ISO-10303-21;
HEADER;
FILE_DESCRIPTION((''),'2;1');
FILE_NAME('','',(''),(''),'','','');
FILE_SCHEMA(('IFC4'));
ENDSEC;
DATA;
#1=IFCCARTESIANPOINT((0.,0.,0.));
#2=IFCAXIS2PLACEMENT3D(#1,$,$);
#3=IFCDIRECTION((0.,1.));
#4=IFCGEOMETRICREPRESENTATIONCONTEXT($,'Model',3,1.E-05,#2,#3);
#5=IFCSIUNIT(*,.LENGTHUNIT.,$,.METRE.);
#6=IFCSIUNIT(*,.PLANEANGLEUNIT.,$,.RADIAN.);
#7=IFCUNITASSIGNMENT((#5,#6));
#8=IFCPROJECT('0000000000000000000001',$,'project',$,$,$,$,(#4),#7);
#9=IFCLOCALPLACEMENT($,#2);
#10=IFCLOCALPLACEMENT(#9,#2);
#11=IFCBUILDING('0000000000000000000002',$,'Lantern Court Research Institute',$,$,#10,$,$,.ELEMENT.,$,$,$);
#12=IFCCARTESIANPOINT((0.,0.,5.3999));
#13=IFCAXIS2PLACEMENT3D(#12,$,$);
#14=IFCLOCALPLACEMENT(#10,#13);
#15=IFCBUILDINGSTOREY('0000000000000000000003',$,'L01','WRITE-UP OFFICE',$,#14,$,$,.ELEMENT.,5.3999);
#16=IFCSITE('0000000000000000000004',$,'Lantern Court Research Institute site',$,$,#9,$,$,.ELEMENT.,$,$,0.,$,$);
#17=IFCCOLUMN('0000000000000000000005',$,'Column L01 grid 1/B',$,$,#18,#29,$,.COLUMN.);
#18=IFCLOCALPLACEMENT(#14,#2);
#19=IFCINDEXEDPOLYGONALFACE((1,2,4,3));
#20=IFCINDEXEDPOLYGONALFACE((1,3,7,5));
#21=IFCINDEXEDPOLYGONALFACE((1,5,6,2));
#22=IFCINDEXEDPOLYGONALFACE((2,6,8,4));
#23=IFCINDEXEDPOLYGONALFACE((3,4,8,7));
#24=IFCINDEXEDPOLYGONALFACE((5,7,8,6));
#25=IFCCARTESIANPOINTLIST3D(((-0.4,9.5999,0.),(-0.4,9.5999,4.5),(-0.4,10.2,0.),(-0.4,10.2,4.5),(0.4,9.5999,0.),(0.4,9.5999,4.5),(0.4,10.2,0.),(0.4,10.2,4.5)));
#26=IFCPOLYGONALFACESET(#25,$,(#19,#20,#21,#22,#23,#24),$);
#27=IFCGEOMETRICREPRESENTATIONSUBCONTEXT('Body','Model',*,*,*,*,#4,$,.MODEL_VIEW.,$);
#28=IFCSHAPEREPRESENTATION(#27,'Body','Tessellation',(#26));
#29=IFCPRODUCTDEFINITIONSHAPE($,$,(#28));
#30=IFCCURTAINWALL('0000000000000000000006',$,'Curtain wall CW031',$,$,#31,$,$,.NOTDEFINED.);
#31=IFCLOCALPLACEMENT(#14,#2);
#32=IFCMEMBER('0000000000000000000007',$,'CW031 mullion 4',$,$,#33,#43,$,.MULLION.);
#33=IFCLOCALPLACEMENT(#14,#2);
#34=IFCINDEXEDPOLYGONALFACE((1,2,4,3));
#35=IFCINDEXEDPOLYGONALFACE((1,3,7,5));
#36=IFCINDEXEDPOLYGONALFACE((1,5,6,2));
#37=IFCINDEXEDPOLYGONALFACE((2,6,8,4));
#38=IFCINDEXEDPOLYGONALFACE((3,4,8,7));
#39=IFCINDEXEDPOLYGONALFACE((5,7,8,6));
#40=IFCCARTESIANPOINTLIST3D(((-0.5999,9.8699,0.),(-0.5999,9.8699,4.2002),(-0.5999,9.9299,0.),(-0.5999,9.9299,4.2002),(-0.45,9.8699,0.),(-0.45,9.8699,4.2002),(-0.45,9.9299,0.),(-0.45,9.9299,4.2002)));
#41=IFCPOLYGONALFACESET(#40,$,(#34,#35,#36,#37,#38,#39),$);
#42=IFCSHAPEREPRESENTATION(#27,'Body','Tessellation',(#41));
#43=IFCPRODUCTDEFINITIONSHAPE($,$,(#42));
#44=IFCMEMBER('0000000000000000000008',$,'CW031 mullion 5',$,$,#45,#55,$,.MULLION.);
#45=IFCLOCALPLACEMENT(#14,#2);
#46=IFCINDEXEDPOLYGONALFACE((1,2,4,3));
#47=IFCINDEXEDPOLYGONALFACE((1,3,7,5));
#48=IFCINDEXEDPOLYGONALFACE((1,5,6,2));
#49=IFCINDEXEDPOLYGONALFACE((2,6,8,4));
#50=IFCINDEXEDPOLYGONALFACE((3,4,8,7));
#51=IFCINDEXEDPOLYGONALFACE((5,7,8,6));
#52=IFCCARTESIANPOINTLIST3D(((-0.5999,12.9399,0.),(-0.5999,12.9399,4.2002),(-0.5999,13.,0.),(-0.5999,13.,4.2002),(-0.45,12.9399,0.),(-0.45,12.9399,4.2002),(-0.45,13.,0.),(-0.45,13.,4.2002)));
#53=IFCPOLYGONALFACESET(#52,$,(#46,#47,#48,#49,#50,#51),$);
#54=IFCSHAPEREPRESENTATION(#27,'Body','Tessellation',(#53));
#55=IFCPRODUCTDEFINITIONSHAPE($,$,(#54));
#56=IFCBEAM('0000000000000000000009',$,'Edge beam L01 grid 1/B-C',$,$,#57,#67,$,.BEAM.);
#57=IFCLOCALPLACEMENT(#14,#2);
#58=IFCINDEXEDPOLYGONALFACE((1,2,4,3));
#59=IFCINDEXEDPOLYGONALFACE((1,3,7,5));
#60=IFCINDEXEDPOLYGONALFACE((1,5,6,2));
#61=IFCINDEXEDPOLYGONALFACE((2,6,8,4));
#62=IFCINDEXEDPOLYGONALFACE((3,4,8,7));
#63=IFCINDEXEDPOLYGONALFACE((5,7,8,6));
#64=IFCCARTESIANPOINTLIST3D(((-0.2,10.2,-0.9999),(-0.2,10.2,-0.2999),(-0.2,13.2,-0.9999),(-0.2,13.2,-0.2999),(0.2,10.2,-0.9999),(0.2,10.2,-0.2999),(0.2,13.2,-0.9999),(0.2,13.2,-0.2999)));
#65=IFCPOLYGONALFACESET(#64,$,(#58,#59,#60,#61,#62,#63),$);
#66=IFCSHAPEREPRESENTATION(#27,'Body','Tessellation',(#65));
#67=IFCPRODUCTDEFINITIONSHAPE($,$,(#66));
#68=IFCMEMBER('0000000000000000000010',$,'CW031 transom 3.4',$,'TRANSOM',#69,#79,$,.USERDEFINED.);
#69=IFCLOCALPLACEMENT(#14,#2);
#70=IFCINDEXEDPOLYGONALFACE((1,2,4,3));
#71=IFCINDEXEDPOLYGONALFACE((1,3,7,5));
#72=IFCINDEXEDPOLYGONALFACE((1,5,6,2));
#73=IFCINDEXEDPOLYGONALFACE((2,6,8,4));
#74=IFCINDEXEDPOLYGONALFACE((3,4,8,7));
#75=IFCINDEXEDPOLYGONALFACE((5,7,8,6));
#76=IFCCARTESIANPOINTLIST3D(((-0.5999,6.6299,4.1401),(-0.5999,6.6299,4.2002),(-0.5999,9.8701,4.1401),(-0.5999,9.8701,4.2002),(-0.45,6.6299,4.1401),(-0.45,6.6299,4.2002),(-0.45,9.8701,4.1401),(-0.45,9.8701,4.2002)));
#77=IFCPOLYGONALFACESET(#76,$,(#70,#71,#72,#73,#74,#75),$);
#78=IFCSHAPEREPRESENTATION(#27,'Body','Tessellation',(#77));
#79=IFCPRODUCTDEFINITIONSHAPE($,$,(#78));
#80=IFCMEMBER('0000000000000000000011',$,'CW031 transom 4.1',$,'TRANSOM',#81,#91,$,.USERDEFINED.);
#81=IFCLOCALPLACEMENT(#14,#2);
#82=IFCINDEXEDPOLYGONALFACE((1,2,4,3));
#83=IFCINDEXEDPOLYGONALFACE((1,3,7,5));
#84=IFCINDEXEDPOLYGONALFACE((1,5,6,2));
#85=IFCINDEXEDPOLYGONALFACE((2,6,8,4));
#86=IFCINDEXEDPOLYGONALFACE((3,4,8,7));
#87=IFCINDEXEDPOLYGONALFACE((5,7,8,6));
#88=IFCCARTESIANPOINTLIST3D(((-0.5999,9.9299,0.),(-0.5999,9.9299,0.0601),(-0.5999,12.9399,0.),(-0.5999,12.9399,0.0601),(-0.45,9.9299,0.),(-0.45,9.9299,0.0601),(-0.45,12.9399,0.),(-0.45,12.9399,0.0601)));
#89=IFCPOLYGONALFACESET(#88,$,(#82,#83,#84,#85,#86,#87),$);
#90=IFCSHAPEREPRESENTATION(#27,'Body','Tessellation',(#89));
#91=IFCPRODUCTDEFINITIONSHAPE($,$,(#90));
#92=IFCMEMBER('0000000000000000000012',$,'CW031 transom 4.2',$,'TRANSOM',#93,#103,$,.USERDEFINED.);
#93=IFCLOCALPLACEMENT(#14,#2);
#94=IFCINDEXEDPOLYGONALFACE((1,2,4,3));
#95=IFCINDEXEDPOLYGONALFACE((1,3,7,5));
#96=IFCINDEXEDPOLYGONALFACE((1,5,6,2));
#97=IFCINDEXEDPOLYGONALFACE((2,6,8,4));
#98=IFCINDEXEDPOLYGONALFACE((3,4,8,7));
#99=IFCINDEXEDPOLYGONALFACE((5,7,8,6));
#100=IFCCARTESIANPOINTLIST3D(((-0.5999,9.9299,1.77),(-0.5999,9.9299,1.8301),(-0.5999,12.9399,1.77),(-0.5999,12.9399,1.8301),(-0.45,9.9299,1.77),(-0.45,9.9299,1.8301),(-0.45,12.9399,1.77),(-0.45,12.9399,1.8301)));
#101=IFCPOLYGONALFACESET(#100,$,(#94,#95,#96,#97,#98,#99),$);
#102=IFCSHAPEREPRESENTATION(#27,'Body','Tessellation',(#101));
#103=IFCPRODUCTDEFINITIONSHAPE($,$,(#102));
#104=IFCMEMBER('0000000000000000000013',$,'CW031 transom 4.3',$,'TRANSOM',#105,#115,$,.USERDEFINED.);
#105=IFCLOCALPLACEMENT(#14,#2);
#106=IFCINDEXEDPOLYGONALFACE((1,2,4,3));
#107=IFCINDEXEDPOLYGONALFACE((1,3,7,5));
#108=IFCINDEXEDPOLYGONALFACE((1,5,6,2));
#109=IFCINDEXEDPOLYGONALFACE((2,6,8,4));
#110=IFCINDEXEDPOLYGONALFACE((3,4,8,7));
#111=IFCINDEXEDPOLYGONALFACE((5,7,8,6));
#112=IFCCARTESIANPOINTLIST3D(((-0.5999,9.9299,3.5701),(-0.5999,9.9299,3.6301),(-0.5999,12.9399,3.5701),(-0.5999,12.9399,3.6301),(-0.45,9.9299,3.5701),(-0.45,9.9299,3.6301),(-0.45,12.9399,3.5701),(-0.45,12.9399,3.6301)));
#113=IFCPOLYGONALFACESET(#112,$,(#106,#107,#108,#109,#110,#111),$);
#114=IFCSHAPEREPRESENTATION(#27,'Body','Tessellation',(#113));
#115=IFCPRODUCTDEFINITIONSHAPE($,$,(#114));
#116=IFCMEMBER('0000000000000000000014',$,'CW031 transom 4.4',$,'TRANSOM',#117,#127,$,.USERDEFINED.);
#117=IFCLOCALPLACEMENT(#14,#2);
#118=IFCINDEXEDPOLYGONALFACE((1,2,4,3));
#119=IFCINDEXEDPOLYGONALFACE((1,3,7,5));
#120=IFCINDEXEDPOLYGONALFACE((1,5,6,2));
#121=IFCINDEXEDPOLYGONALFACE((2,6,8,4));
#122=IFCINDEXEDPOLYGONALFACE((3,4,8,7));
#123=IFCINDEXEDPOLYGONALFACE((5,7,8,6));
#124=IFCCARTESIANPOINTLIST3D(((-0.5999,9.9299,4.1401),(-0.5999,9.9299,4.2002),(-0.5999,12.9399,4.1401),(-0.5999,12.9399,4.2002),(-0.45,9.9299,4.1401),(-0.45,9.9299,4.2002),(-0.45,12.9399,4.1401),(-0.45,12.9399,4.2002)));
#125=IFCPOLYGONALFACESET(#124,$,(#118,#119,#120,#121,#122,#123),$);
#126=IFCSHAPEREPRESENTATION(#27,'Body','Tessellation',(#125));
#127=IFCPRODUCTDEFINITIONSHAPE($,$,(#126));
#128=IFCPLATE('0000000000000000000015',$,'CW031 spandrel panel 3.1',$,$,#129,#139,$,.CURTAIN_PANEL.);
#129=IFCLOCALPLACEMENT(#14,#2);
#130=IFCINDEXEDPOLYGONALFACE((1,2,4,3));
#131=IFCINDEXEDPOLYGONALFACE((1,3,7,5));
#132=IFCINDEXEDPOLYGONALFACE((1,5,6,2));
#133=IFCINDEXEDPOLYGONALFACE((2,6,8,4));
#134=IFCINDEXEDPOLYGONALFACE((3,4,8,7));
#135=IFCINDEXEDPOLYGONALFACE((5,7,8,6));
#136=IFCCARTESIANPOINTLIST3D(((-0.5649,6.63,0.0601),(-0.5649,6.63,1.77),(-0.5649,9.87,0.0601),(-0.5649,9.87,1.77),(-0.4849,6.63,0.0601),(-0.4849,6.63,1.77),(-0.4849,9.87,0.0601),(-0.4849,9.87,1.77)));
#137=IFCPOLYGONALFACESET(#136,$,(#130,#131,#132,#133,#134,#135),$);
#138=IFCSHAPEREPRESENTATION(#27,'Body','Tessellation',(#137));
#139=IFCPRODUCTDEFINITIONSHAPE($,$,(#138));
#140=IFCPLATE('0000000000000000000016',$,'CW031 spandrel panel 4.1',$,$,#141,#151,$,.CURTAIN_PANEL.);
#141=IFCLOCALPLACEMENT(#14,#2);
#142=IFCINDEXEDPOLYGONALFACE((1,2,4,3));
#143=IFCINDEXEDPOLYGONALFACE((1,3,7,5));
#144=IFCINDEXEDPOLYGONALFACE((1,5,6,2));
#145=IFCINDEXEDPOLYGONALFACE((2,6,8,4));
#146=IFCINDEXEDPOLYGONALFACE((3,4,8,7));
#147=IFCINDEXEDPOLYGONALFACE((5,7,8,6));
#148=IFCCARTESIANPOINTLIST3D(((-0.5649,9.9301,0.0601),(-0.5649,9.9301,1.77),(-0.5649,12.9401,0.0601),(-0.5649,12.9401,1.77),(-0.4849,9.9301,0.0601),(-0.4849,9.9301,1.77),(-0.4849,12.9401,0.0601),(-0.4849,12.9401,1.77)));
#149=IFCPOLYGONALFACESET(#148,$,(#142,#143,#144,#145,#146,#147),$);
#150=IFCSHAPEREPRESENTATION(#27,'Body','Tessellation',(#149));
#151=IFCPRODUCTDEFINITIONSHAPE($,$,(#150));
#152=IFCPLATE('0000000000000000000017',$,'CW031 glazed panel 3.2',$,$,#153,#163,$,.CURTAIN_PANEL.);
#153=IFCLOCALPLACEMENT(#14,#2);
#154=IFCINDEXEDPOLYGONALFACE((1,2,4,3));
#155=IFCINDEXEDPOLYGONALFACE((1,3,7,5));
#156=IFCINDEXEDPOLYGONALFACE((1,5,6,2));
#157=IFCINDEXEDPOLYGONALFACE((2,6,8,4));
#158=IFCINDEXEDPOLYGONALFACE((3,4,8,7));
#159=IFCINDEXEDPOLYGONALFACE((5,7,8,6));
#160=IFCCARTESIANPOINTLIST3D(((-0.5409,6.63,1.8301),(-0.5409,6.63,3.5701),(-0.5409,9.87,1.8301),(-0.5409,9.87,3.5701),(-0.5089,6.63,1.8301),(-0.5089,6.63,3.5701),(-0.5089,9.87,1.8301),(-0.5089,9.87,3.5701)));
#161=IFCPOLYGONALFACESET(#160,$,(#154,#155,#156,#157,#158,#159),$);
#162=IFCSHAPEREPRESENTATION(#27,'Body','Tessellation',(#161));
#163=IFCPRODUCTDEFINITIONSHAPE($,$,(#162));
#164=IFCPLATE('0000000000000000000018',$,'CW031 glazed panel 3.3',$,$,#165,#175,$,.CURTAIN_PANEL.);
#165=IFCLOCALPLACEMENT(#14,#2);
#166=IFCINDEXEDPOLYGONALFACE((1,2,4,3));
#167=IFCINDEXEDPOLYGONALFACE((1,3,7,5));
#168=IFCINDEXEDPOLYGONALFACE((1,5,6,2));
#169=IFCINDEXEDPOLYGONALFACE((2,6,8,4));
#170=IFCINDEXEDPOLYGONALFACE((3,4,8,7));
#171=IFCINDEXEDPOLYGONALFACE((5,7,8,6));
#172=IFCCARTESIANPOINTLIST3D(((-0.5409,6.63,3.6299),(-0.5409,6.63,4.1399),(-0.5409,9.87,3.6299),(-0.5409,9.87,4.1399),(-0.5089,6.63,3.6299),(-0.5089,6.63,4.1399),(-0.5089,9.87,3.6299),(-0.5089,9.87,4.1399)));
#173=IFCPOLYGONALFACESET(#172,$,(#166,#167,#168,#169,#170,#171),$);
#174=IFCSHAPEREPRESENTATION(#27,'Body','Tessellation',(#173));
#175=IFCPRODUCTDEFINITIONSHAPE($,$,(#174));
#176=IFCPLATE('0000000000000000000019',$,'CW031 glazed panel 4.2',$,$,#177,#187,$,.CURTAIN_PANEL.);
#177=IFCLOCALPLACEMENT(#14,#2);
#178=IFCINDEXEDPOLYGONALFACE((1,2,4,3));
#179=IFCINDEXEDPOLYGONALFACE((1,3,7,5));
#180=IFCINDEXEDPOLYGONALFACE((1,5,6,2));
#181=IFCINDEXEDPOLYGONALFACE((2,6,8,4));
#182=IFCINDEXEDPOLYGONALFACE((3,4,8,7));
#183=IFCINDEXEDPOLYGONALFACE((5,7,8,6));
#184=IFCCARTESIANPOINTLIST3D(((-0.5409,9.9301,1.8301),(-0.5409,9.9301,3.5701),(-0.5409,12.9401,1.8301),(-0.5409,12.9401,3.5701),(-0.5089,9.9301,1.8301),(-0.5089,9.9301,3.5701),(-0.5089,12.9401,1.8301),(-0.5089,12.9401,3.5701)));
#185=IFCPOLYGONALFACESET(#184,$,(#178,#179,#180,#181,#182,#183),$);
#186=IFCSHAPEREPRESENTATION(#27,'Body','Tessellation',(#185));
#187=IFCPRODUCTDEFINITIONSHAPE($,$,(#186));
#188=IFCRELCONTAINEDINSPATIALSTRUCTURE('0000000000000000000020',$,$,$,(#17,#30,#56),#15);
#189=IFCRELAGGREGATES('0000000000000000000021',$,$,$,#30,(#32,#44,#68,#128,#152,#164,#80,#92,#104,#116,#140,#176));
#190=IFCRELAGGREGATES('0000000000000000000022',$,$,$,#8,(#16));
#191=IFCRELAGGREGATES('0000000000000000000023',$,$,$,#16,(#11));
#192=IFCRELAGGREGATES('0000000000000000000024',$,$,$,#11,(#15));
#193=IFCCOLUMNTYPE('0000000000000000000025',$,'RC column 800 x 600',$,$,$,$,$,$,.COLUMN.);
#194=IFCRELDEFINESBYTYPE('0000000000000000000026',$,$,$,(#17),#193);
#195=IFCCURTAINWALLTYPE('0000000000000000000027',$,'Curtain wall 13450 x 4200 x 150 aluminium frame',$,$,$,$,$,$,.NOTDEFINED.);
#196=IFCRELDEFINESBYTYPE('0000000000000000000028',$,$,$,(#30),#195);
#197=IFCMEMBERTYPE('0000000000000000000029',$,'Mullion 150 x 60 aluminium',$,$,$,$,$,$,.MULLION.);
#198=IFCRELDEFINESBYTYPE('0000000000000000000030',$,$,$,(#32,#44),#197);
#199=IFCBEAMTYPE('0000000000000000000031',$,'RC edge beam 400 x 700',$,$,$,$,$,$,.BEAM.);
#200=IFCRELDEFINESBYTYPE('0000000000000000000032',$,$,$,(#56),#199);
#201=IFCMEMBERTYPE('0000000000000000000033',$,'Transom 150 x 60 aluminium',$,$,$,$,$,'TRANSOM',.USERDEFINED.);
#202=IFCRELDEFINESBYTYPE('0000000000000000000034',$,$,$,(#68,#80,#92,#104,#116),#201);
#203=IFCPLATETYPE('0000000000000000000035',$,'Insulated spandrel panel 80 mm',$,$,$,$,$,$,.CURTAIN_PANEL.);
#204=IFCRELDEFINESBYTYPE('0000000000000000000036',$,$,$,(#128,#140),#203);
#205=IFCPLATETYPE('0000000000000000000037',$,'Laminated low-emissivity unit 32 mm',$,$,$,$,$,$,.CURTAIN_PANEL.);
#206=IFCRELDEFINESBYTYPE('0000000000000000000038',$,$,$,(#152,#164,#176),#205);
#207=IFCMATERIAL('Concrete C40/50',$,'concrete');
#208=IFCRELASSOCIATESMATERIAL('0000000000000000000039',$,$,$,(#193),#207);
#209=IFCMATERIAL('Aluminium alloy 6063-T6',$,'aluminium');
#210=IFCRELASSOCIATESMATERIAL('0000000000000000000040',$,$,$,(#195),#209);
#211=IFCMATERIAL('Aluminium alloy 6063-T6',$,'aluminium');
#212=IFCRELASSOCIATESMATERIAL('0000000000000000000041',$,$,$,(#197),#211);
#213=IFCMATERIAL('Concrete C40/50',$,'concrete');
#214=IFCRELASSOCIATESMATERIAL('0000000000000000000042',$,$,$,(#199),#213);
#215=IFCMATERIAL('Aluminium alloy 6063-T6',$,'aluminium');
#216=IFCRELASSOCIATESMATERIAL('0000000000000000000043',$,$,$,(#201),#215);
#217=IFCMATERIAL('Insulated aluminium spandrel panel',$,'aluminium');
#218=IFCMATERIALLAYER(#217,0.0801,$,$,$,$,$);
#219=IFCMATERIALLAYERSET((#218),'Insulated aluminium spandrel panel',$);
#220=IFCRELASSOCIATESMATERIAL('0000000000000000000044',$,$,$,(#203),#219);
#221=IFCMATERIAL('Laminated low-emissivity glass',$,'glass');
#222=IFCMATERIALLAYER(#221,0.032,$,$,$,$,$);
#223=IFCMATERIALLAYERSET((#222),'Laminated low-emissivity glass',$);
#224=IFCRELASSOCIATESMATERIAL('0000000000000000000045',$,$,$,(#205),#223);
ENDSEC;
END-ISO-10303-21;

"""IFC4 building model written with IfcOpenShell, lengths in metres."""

from ifc_helpers import new_model, si_unit, direction, frame, origin, origin_2d, place, context, subcontext, project, spatial, rectangle, extrude, material, layer, layer_set, material_profile, profile_set, type_object, element, aggregate, save


model = new_model("IFC4")

# Units and contexts
model_context = context("Model", 3, precision=1e-05, world=origin(), true_north=direction((0.0, 1.0)))
body_context = subcontext(model_context, "Body", "Model", "MODEL_VIEW")
ifc_project = project(units=[si_unit("LENGTHUNIT", "METRE"), si_unit("PLANEANGLEUNIT", "RADIAN")], contexts=[model_context])

# Site, building, storey
site_placement = place(None, origin())
site = spatial("IfcSite", under=ifc_project, at=site_placement, Name="Lantern Court Research Institute site", CompositionType="ELEMENT", RefElevation=0.0)
building_placement = place(site_placement, origin())
building = spatial("IfcBuilding", under=site, at=building_placement, Name="Lantern Court Research Institute", CompositionType="ELEMENT")
storey_placement = place(building_placement, frame((0.0, 0.0, 5.3999)))
storey = spatial("IfcBuildingStorey", under=building, at=storey_placement, Name="L01", Description="WRITE-UP OFFICE", CompositionType="ELEMENT", Elevation=5.3999)

# Column
ifc_material_1 = material(Name="Concrete C40/50", Category="concrete")
ifc_material_profile_1 = material_profile(ifc_material_1, rectangle(XDim=0.8, YDim=0.6001, at=origin_2d()), Name="RC column 800 x 600")
ifc_profile_set_1 = profile_set([ifc_material_profile_1], Name="Concrete C40/50")
column_type = type_object("IfcColumnType", Name="RC column 800 x 600", PredefinedType="COLUMN", material=ifc_profile_set_1)
column_placement = place(storey_placement, frame((0.0, 9.8999, 0.0), z_axis=(0.0, 0.0, 1.0), x_axis=(1.0, 0.0, 0.0)))
element("IfcColumn", 1, at=column_placement, inside=storey, type_object=column_type, Name="Column L01 grid 1/B", PredefinedType="COLUMN", context=body_context, shape_type="SweptSolid", body=[
    extrude(rectangle(XDim=0.8, YDim=0.6001, at=origin_2d()), origin(), (0.0, 0.0, 1.0), 4.5),
])

# Curtain wall, members
ifc_material_2 = material(Name="Aluminium alloy 6063-T6", Category="aluminium")
curtain_wall_type = type_object("IfcCurtainWallType", Name="Curtain wall 13450 x 4200 x 150 aluminium frame", PredefinedType="NOTDEFINED", material=ifc_material_2)
curtain_wall_placement = place(storey_placement, origin())
curtain_wall = element("IfcCurtainWall", 2, at=curtain_wall_placement, inside=storey, type_object=curtain_wall_type, Name="Curtain wall CW031", PredefinedType="NOTDEFINED")
ifc_material_3 = material(Name="Aluminium alloy 6063-T6", Category="aluminium")
ifc_material_profile_2 = material_profile(ifc_material_3, rectangle(XDim=0.1499, YDim=0.0601, at=origin_2d()), Name="Mullion 150 x 60")
ifc_profile_set_2 = profile_set([ifc_material_profile_2], Name="Aluminium alloy 6063-T6")
member_type_1 = type_object("IfcMemberType", Name="Mullion 150 x 60 aluminium", PredefinedType="MULLION", material=ifc_profile_set_2)
member_1_placement = place(storey_placement, frame((-0.5249, 9.8999, 0.0), z_axis=(0.0, 0.0, 1.0), x_axis=(-1.0, 0.0, 0.0)))
member_1 = element("IfcMember", 3, at=member_1_placement, type_object=member_type_1, Name="CW031 mullion 4", PredefinedType="MULLION", context=body_context, shape_type="SweptSolid", body=[
    extrude(rectangle(XDim=0.1499, YDim=0.0601, at=origin_2d()), origin(), (0.0, 0.0, 1.0), 4.2002),
])
member_2_placement = place(storey_placement, frame((-0.5249, 12.97, 0.0), z_axis=(0.0, 0.0, 1.0), x_axis=(-1.0, 0.0, 0.0)))
member_2 = element("IfcMember", 4, at=member_2_placement, type_object=member_type_1, Name="CW031 mullion 5", PredefinedType="MULLION", context=body_context, shape_type="SweptSolid", body=[
    extrude(rectangle(XDim=0.1499, YDim=0.0601, at=origin_2d()), origin(), (0.0, 0.0, 1.0), 4.2002),
])

# Beam
ifc_material_4 = material(Name="Concrete C40/50", Category="concrete")
ifc_material_profile_3 = material_profile(ifc_material_4, rectangle(XDim=0.3999, YDim=0.7, at=origin_2d()), Name="RC beam 400 x 700")
ifc_profile_set_3 = profile_set([ifc_material_profile_3], Name="Concrete C40/50")
beam_type = type_object("IfcBeamType", Name="RC edge beam 400 x 700", PredefinedType="BEAM", material=ifc_profile_set_3)
beam_placement = place(storey_placement, frame((0.0, 10.2, -0.6499), z_axis=(0.0, 1.0, 0.0), x_axis=(-1.0, 0.0, 0.0)))
element("IfcBeam", 5, at=beam_placement, inside=storey, type_object=beam_type, Name="Edge beam L01 grid 1/B-C", PredefinedType="BEAM", context=body_context, shape_type="SweptSolid", body=[
    extrude(rectangle(XDim=0.3999, YDim=0.7, at=origin_2d()), origin(), (0.0, 0.0, 1.0), 3.0),
])

# Members
ifc_material_5 = material(Name="Aluminium alloy 6063-T6", Category="aluminium")
ifc_material_profile_4 = material_profile(ifc_material_5, rectangle(XDim=0.1499, YDim=0.0601, at=origin_2d()), Name="Transom 150 x 60")
ifc_profile_set_4 = profile_set([ifc_material_profile_4], Name="Aluminium alloy 6063-T6")
member_type_2 = type_object("IfcMemberType", Name="Transom 150 x 60 aluminium", ElementType="TRANSOM", PredefinedType="USERDEFINED", material=ifc_profile_set_4)
member_3_placement = place(storey_placement, frame((-0.5249, 6.6299, 4.1702), z_axis=(0.0, 1.0, 0.0), x_axis=(-1.0, 0.0, 0.0)))
member_3 = element("IfcMember", 6, at=member_3_placement, type_object=member_type_2, Name="CW031 transom 3.4", ObjectType="TRANSOM", PredefinedType="USERDEFINED", context=body_context, shape_type="SweptSolid", body=[
    extrude(rectangle(XDim=0.1499, YDim=0.0601, at=origin_2d()), origin(), (0.0, 0.0, 1.0), 3.2402),
])
member_4_placement = place(storey_placement, frame((-0.5249, 9.9299, 0.03), z_axis=(0.0, 1.0, 0.0), x_axis=(-1.0, 0.0, 0.0)))
member_4 = element("IfcMember", 7, at=member_4_placement, type_object=member_type_2, Name="CW031 transom 4.1", ObjectType="TRANSOM", PredefinedType="USERDEFINED", context=body_context, shape_type="SweptSolid", body=[
    extrude(rectangle(XDim=0.1499, YDim=0.0601, at=origin_2d()), origin(), (0.0, 0.0, 1.0), 3.01),
])
member_5_placement = place(storey_placement, frame((-0.5249, 9.9299, 1.8), z_axis=(0.0, 1.0, 0.0), x_axis=(-1.0, 0.0, 0.0)))
member_5 = element("IfcMember", 8, at=member_5_placement, type_object=member_type_2, Name="CW031 transom 4.2", ObjectType="TRANSOM", PredefinedType="USERDEFINED", context=body_context, shape_type="SweptSolid", body=[
    extrude(rectangle(XDim=0.1499, YDim=0.0601, at=origin_2d()), origin(), (0.0, 0.0, 1.0), 3.01),
])
member_6_placement = place(storey_placement, frame((-0.5249, 9.9299, 3.6001), z_axis=(0.0, 1.0, 0.0), x_axis=(-1.0, 0.0, 0.0)))
member_6 = element("IfcMember", 9, at=member_6_placement, type_object=member_type_2, Name="CW031 transom 4.3", ObjectType="TRANSOM", PredefinedType="USERDEFINED", context=body_context, shape_type="SweptSolid", body=[
    extrude(rectangle(XDim=0.1499, YDim=0.0601, at=origin_2d()), origin(), (0.0, 0.0, 1.0), 3.01),
])
member_7_placement = place(storey_placement, frame((-0.5249, 9.9299, 4.1702), z_axis=(0.0, 1.0, 0.0), x_axis=(-1.0, 0.0, 0.0)))
member_7 = element("IfcMember", 10, at=member_7_placement, type_object=member_type_2, Name="CW031 transom 4.4", ObjectType="TRANSOM", PredefinedType="USERDEFINED", context=body_context, shape_type="SweptSolid", body=[
    extrude(rectangle(XDim=0.1499, YDim=0.0601, at=origin_2d()), origin(), (0.0, 0.0, 1.0), 3.01),
])

# Plates
ifc_material_6 = material(Name="Insulated aluminium spandrel panel", Category="aluminium")
ifc_layer_1 = layer(ifc_material_6, 0.0801)
ifc_layer_set_1 = layer_set([ifc_layer_1], Name="Insulated aluminium spandrel panel")
plate_type_1 = type_object("IfcPlateType", Name="Insulated spandrel panel 80 mm", PredefinedType="CURTAIN_PANEL", material=ifc_layer_set_1)
plate_1_placement = place(storey_placement, frame((-0.5249, 8.25, 0.0601), z_axis=(0.0, 0.0, 1.0), x_axis=(0.0, 1.0, 0.0)))
plate_1 = element("IfcPlate", 11, at=plate_1_placement, type_object=plate_type_1, Name="CW031 spandrel panel 3.1", PredefinedType="CURTAIN_PANEL", context=body_context, shape_type="SweptSolid", body=[
    extrude(rectangle(XDim=3.24, YDim=0.0801, at=origin_2d()), origin(), (0.0, 0.0, 1.0), 1.71),
])
plate_2_placement = place(storey_placement, frame((-0.5249, 11.4351, 0.0601), z_axis=(0.0, 0.0, 1.0), x_axis=(0.0, 1.0, 0.0)))
plate_2 = element("IfcPlate", 12, at=plate_2_placement, type_object=plate_type_1, Name="CW031 spandrel panel 4.1", PredefinedType="CURTAIN_PANEL", context=body_context, shape_type="SweptSolid", body=[
    extrude(rectangle(XDim=3.01, YDim=0.0801, at=origin_2d()), origin(), (0.0, 0.0, 1.0), 1.71),
])
ifc_material_7 = material(Name="Laminated low-emissivity glass", Category="glass")
ifc_layer_2 = layer(ifc_material_7, 0.032)
ifc_layer_set_2 = layer_set([ifc_layer_2], Name="Laminated low-emissivity glass")
plate_type_2 = type_object("IfcPlateType", Name="Laminated low-emissivity unit 32 mm", PredefinedType="CURTAIN_PANEL", material=ifc_layer_set_2)
plate_3_placement = place(storey_placement, frame((-0.5249, 8.25, 1.8301), z_axis=(0.0, 0.0, 1.0), x_axis=(0.0, 1.0, 0.0)))
plate_3 = element("IfcPlate", 13, at=plate_3_placement, type_object=plate_type_2, Name="CW031 glazed panel 3.2", PredefinedType="CURTAIN_PANEL", context=body_context, shape_type="SweptSolid", body=[
    extrude(rectangle(XDim=3.24, YDim=0.032, at=origin_2d()), origin(), (0.0, 0.0, 1.0), 1.74),
])
plate_4_placement = place(storey_placement, frame((-0.5249, 8.25, 3.6299), z_axis=(0.0, 0.0, 1.0), x_axis=(0.0, 1.0, 0.0)))
plate_4 = element("IfcPlate", 14, at=plate_4_placement, type_object=plate_type_2, Name="CW031 glazed panel 3.3", PredefinedType="CURTAIN_PANEL", context=body_context, shape_type="SweptSolid", body=[
    extrude(rectangle(XDim=3.24, YDim=0.032, at=origin_2d()), origin(), (0.0, 0.0, 1.0), 0.51),
])
plate_5_placement = place(storey_placement, frame((-0.5249, 11.4351, 1.8301), z_axis=(0.0, 0.0, 1.0), x_axis=(0.0, 1.0, 0.0)))
plate_5 = element("IfcPlate", 15, at=plate_5_placement, type_object=plate_type_2, Name="CW031 glazed panel 4.2", PredefinedType="CURTAIN_PANEL", context=body_context, shape_type="SweptSolid", body=[
    extrude(rectangle(XDim=3.01, YDim=0.032, at=origin_2d()), origin(), (0.0, 0.0, 1.0), 1.74),
])
aggregate(curtain_wall, [member_1, member_2, member_3, plate_1, plate_3, plate_4, member_4, member_5, member_6, member_7, plate_2, plate_5])

save(model, "model.ifc")
